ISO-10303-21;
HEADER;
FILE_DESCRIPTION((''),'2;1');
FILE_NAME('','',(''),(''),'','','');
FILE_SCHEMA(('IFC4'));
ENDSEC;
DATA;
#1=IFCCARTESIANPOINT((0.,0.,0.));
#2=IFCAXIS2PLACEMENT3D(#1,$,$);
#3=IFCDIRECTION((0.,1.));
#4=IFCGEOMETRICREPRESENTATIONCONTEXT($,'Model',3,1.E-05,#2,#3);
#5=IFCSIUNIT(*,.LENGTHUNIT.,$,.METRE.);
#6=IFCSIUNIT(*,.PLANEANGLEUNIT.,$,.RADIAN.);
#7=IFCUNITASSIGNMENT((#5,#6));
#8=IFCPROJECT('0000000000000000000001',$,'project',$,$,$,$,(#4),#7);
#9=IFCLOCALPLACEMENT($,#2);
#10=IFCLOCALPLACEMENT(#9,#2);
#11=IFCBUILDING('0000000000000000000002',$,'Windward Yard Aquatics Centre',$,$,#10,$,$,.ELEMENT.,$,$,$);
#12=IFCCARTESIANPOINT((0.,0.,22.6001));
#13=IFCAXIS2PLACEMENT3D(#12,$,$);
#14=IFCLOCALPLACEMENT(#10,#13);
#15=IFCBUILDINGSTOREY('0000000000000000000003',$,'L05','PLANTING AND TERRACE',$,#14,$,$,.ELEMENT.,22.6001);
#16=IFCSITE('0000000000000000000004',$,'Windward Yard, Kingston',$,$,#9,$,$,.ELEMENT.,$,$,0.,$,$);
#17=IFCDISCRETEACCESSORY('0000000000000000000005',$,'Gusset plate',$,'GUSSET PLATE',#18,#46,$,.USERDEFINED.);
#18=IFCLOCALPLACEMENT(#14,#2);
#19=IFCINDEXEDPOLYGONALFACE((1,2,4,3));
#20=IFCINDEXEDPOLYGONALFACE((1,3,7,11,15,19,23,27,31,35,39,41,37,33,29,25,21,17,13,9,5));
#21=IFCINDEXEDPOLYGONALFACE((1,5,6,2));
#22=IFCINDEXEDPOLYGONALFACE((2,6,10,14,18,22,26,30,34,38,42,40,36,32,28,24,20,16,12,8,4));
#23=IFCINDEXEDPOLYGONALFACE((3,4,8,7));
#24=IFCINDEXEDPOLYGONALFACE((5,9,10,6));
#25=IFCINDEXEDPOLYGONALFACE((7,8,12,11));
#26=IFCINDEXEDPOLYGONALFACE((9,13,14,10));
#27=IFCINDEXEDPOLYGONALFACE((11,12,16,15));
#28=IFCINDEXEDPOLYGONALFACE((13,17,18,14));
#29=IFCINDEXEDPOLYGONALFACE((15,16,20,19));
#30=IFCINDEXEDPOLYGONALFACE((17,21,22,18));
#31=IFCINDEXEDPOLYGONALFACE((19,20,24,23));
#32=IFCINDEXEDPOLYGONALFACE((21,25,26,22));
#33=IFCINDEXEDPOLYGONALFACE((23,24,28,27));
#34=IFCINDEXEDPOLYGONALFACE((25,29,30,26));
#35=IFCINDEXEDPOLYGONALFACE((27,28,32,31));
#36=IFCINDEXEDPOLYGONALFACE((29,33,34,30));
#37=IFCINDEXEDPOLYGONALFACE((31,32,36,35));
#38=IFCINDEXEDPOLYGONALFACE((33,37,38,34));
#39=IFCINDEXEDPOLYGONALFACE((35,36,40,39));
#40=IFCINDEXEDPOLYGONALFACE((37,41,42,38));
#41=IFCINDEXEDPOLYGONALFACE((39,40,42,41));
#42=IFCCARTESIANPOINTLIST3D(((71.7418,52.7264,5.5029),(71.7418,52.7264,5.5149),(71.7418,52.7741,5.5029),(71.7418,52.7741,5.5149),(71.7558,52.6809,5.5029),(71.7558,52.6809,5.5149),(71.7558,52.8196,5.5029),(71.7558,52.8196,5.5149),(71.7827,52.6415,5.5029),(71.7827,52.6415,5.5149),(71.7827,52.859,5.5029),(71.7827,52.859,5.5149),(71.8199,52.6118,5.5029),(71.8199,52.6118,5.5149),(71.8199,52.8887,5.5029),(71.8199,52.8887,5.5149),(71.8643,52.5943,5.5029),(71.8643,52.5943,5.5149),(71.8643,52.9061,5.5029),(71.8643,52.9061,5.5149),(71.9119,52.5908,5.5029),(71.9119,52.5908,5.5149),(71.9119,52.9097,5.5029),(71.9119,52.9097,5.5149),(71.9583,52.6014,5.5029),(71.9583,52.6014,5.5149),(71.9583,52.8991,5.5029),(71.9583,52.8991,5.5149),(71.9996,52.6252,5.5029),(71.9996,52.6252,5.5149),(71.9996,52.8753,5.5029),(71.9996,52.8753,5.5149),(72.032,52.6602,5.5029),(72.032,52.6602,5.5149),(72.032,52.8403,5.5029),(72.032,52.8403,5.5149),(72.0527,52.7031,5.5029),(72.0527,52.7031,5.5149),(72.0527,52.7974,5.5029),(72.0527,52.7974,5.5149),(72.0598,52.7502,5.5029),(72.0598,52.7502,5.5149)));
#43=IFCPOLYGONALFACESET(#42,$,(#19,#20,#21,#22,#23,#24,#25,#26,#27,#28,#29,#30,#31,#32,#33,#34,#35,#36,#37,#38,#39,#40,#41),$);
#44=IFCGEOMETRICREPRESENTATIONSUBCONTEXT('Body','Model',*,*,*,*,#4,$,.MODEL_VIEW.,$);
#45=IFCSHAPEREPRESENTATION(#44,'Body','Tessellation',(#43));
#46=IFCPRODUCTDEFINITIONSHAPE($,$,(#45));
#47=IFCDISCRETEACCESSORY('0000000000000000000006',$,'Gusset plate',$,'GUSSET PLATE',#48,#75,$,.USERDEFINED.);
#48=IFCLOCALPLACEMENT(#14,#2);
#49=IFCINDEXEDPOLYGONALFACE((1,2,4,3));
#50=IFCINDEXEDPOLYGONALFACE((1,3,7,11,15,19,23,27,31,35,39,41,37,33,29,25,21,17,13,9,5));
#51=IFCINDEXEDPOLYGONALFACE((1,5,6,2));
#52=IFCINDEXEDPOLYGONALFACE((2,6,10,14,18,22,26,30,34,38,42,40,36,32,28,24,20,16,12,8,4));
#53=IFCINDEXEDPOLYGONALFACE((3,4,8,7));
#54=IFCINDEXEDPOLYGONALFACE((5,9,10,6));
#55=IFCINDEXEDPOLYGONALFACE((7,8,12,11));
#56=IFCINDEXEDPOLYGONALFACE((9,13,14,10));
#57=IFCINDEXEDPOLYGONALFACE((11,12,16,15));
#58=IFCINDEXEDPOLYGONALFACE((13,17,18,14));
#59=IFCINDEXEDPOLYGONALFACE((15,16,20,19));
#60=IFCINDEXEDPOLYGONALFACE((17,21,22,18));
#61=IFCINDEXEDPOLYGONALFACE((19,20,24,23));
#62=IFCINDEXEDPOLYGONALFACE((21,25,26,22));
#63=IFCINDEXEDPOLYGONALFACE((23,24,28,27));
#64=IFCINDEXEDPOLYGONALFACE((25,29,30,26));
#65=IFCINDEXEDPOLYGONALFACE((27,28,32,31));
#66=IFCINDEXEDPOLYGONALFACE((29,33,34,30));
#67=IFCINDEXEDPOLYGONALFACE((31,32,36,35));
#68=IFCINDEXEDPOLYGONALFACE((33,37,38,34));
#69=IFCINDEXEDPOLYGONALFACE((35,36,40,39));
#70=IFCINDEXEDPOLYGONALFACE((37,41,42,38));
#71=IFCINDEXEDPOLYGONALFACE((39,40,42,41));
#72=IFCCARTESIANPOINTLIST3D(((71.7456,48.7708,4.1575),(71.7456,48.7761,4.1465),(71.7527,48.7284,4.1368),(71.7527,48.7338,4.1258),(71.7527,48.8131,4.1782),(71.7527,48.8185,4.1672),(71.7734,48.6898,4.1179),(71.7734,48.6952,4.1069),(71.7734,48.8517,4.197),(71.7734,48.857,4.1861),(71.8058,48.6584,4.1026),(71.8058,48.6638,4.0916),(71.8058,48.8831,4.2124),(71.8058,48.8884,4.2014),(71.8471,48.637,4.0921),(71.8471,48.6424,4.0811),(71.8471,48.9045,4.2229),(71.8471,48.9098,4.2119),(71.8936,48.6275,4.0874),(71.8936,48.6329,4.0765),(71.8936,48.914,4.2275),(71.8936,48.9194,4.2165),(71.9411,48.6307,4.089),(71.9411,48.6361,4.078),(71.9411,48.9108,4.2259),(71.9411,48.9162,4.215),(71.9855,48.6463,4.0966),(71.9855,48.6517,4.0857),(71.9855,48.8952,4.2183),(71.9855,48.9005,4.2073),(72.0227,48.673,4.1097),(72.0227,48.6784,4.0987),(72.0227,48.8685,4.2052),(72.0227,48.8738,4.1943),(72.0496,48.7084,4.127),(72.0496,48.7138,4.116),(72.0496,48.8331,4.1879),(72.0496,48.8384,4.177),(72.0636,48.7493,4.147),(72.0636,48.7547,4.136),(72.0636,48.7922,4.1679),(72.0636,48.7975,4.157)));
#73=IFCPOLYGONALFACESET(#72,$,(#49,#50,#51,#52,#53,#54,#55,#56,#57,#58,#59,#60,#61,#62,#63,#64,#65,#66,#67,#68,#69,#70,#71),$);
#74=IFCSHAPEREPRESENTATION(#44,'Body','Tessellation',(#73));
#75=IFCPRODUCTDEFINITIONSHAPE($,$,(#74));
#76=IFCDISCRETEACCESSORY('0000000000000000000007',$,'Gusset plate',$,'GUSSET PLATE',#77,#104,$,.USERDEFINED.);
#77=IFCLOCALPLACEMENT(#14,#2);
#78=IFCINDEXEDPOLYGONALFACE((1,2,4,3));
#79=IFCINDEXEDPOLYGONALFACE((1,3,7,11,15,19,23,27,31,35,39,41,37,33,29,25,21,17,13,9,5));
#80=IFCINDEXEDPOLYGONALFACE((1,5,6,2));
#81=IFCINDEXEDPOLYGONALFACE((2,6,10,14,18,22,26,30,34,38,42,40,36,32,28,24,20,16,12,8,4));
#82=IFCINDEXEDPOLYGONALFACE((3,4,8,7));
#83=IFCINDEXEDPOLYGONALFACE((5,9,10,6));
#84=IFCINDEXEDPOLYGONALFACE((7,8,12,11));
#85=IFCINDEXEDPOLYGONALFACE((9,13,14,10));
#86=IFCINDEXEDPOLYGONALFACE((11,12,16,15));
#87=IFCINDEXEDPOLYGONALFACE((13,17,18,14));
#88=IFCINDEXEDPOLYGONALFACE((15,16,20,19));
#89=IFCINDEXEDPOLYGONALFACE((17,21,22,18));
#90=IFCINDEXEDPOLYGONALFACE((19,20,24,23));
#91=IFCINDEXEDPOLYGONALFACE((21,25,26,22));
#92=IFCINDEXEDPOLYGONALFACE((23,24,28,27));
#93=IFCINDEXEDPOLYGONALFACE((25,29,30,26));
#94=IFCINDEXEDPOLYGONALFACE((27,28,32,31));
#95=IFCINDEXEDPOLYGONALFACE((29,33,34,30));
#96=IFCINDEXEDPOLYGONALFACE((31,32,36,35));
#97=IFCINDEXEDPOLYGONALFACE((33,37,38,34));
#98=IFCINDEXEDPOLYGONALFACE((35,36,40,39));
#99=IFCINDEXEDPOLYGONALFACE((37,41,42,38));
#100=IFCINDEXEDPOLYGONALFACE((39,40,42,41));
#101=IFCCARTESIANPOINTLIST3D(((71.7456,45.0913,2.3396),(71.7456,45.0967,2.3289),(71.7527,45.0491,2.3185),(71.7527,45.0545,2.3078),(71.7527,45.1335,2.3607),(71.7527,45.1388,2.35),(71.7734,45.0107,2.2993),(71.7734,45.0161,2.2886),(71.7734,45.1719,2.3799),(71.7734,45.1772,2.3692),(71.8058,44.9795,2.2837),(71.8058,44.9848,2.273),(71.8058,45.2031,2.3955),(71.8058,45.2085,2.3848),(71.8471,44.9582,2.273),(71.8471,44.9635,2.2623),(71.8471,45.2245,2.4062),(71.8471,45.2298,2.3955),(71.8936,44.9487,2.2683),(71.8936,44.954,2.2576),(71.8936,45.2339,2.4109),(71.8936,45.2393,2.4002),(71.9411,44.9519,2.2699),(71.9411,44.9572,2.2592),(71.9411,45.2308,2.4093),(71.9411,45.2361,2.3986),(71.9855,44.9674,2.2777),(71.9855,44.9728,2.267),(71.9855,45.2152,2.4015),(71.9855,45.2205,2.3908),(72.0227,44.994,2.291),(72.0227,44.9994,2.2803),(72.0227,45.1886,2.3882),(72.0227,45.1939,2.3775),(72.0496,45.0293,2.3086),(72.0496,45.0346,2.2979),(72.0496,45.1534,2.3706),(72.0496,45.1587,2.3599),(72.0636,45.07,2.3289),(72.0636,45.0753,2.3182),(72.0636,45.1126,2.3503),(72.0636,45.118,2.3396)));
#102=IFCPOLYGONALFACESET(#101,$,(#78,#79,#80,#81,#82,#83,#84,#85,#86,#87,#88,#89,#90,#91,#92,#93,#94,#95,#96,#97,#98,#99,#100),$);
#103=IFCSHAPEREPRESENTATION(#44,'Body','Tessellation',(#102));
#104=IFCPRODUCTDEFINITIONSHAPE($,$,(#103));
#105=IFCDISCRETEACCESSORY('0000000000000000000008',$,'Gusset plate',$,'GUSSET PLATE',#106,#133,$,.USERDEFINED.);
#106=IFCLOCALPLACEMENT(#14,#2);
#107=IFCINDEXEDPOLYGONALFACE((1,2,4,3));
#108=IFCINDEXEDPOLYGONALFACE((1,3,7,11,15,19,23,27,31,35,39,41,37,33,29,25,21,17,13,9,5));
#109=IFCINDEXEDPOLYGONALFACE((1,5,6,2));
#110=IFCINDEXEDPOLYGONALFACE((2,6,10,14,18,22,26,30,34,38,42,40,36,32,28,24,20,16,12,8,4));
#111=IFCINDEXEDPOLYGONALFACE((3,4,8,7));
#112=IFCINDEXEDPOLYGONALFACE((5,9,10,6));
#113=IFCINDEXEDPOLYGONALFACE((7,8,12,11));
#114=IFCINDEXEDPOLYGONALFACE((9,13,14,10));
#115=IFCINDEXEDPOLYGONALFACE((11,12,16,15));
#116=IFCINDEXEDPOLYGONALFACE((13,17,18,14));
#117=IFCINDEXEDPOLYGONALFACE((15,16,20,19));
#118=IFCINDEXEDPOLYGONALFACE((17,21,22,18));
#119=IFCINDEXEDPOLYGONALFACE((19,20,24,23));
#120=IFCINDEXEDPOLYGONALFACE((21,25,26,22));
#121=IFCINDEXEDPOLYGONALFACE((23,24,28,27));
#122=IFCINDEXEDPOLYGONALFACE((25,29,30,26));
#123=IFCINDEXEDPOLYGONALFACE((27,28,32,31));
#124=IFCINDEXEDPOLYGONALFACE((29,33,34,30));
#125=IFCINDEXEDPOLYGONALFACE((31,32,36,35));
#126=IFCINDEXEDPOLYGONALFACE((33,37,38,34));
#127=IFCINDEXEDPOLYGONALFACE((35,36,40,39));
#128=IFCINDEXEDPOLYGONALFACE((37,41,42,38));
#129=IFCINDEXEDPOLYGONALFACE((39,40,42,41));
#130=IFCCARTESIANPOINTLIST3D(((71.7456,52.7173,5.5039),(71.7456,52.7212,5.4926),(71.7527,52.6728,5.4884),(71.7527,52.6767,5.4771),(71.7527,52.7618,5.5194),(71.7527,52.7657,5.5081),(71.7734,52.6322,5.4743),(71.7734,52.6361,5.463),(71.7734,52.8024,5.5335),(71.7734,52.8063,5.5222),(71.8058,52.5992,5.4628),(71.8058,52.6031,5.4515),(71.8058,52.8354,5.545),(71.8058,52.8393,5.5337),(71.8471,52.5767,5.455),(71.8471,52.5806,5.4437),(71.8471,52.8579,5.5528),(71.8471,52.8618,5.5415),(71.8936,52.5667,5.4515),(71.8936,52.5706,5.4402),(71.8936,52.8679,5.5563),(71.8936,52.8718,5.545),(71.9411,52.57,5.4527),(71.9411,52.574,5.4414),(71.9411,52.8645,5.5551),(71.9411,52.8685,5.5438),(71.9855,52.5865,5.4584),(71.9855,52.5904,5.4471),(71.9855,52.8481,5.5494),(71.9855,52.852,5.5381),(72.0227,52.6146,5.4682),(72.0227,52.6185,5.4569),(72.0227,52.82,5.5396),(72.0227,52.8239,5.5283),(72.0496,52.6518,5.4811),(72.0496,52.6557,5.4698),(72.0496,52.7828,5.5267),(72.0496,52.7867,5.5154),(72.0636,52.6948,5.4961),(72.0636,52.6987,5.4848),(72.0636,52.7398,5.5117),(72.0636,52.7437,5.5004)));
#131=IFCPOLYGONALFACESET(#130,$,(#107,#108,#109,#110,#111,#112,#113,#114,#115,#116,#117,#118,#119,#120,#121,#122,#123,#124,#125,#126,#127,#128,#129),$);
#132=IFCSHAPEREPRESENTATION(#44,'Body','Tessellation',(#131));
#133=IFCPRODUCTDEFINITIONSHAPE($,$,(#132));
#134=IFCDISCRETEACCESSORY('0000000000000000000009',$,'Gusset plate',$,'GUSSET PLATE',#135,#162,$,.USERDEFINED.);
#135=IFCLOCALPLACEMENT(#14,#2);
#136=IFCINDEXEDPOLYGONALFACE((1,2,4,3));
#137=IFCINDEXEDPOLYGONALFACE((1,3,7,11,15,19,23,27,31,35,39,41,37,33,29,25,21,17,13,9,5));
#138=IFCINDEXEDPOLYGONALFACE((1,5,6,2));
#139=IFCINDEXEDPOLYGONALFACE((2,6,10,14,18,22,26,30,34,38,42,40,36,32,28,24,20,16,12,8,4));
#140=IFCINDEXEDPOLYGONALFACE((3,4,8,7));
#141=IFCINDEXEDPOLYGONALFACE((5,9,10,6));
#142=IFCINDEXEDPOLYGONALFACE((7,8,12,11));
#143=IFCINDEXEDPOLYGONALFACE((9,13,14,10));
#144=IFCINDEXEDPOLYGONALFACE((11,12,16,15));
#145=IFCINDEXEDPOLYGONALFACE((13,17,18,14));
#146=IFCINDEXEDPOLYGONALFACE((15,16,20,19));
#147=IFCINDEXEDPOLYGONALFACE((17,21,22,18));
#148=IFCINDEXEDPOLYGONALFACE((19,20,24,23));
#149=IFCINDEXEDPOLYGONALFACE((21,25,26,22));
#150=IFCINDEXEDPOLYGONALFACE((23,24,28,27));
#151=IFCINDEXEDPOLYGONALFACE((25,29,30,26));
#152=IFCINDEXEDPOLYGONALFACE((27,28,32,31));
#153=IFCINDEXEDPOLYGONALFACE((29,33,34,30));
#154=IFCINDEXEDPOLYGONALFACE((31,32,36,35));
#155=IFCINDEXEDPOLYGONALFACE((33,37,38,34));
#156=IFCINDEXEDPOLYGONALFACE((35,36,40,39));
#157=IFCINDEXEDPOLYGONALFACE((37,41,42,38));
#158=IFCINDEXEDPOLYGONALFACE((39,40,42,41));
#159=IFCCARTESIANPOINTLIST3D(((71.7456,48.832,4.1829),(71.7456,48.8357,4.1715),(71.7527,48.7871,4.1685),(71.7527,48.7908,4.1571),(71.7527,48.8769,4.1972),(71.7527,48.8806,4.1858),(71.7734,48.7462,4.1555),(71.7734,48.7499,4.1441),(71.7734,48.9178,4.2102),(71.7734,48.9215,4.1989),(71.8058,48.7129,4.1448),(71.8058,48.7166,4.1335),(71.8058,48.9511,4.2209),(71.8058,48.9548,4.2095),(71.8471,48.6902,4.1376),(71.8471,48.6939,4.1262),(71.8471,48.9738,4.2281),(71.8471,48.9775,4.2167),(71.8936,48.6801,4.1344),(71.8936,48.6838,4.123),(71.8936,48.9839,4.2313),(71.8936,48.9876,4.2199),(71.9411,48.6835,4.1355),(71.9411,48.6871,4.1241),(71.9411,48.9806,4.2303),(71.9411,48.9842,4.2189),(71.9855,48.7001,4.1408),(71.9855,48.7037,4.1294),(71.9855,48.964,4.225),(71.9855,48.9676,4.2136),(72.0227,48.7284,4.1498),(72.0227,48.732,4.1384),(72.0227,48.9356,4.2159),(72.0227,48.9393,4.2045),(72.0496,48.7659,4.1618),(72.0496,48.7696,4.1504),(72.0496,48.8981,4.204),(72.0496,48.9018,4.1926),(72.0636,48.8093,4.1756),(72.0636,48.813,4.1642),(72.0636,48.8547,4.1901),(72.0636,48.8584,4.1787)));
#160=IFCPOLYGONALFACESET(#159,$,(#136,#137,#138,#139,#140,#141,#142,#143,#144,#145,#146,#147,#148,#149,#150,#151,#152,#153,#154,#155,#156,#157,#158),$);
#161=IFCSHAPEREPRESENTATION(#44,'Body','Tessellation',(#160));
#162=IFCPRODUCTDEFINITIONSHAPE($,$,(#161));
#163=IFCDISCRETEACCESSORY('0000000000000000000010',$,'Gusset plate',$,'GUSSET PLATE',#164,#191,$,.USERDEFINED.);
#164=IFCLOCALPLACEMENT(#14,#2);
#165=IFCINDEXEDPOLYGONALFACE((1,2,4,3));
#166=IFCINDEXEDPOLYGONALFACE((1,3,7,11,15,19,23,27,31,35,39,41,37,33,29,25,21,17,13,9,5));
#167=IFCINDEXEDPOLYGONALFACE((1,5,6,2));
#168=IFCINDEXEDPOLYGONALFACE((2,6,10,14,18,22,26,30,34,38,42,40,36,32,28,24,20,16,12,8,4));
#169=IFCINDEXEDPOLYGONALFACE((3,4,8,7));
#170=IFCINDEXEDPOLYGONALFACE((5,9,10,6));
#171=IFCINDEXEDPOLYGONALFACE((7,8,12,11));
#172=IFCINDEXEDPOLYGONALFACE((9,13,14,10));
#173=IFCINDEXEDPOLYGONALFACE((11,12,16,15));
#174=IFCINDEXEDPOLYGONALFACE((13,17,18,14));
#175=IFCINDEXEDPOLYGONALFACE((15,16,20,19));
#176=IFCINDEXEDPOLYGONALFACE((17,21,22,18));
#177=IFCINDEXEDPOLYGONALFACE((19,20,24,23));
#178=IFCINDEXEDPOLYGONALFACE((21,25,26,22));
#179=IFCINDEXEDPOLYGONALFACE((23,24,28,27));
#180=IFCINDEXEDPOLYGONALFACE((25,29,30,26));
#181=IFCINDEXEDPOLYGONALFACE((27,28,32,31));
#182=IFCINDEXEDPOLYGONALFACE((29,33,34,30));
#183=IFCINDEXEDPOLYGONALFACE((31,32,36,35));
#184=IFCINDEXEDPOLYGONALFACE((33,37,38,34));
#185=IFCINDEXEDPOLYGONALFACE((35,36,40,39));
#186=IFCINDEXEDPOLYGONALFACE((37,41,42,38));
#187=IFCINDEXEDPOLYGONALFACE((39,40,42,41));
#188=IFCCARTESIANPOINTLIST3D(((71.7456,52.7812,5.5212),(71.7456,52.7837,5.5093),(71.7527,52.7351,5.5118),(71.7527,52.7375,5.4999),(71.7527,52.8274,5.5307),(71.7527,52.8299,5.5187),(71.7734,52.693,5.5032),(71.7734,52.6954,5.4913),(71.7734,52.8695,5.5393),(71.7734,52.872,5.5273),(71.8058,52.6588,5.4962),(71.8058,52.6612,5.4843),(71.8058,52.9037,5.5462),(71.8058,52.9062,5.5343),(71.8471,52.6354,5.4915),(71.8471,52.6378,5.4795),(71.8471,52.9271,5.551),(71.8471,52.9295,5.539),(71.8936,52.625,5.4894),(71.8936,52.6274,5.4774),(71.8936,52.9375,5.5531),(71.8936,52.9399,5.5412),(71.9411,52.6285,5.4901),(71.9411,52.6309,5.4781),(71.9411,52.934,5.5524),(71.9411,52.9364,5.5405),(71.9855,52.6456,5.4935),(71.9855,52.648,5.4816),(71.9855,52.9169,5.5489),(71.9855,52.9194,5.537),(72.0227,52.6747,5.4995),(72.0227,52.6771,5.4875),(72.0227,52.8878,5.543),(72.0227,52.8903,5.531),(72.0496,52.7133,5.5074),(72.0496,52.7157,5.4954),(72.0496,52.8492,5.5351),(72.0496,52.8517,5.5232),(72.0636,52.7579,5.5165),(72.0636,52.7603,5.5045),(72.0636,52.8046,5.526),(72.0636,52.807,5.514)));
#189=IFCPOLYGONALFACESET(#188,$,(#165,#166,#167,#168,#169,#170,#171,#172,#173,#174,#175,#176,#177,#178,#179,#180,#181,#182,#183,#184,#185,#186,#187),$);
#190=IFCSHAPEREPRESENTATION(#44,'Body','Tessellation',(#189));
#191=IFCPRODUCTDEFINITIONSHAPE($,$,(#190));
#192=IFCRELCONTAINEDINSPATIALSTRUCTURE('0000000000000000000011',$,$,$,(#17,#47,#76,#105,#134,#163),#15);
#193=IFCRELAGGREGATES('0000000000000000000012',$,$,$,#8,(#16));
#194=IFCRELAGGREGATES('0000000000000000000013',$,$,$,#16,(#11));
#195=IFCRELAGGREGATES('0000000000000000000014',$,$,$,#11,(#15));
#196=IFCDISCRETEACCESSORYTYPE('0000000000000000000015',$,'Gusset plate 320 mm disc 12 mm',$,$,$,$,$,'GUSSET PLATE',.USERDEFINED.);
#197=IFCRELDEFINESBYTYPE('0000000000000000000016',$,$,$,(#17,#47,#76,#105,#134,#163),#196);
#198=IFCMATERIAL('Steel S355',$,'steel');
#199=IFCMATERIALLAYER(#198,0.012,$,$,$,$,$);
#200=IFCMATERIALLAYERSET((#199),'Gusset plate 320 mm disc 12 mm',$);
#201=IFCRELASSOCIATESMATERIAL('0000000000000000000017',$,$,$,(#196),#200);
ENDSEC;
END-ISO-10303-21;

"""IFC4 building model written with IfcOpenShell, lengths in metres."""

from ifc_helpers import new_model, si_unit, direction, frame, origin, origin_2d, place, context, subcontext, project, spatial, circle, extrude, material, layer, layer_set, type_object, element, save


model = new_model("IFC4")

# Units and contexts
model_context = context("Model", 3, precision=1e-05, world=origin(), true_north=direction((0.0, 1.0)))
body_context = subcontext(model_context, "Body", "Model", "MODEL_VIEW")
ifc_project = project(units=[si_unit("LENGTHUNIT", "METRE"), si_unit("PLANEANGLEUNIT", "RADIAN")], contexts=[model_context])

# Site, building, storey
site_placement = place(None, origin())
site = spatial("IfcSite", under=ifc_project, at=site_placement, Name="Windward Yard, Kingston", CompositionType="ELEMENT", RefElevation=0.0)
building_placement = place(site_placement, origin())
building = spatial("IfcBuilding", under=site, at=building_placement, Name="Windward Yard Aquatics Centre", CompositionType="ELEMENT")
storey_placement = place(building_placement, frame((0.0, 0.0, 22.6001)))
storey = spatial("IfcBuildingStorey", under=building, at=storey_placement, Name="L05", Description="PLANTING AND TERRACE", CompositionType="ELEMENT", Elevation=22.6001)

# Discrete accessories
ifc_material_1 = material(Name="Steel S355", Category="steel")
ifc_layer = layer(ifc_material_1, 0.012)
ifc_layer_set = layer_set([ifc_layer], Name="Gusset plate 320 mm disc 12 mm")
discrete_accessory_type = type_object("IfcDiscreteAccessoryType", Name="Gusset plate 320 mm disc 12 mm", ElementType="GUSSET PLATE", PredefinedType="USERDEFINED", material=ifc_layer_set)
discrete_accessory_1_placement = place(storey_placement, frame((71.8999, 52.7502, 5.5029), z_axis=(0.0, 0.0, 1.0), x_axis=(1.0, 0.0, 0.0)))
element("IfcDiscreteAccessory", 1, at=discrete_accessory_1_placement, inside=storey, type_object=discrete_accessory_type, Name="Gusset plate", ObjectType="GUSSET PLATE", PredefinedType="USERDEFINED", context=body_context, shape_type="SweptSolid", body=[
    extrude(circle(Radius=0.1599, at=origin_2d()), origin(), (0.0, 0.0, 1.0), 0.012),
])
discrete_accessory_2_placement = place(storey_placement, frame((71.9055, 48.7708, 4.1575), z_axis=(0.0, 0.43921, -0.898384), x_axis=(-1.0, 0.0, 0.0)))
element("IfcDiscreteAccessory", 2, at=discrete_accessory_2_placement, inside=storey, type_object=discrete_accessory_type, Name="Gusset plate", ObjectType="GUSSET PLATE", PredefinedType="USERDEFINED", context=body_context, shape_type="SweptSolid", body=[
    extrude(circle(Radius=0.1599, at=origin_2d()), origin(), (0.0, 0.0, 1.0), 0.0122),
])
for number, where, z_axis, x_axis, name in (
    (3, (71.9055, 45.0913, 2.3396), (0.0, 0.447214, -0.894427), (-1.0, 0.0, 0.0), "Gusset plate"),
    (4, (71.9055, 52.7173, 5.5039), (0.0, 0.328521, -0.944497), (-1.0, 0.0, 0.0), "Gusset plate"),
    (5, (71.9055, 48.832, 4.1829), (0.0, 0.30404, -0.952659), (-1.0, 0.0, 0.0), "Gusset plate"),
):
    element("IfcDiscreteAccessory", number, at=place(storey_placement, frame(where, z_axis=z_axis, x_axis=x_axis)), inside=storey, type_object=discrete_accessory_type, Name=name, ObjectType="GUSSET PLATE", PredefinedType="USERDEFINED", context=body_context, shape_type="SweptSolid", body=[
        extrude(circle(Radius=0.1599, at=origin_2d()), origin(), (0.0, 0.0, 1.0), 0.012),
    ])
discrete_accessory_3_placement = place(storey_placement, frame((71.9055, 52.7812, 5.5212), z_axis=(0.0, 0.19996, -0.979804), x_axis=(-1.0, 0.0, 0.0)))
element("IfcDiscreteAccessory", 6, at=discrete_accessory_3_placement, inside=storey, type_object=discrete_accessory_type, Name="Gusset plate", ObjectType="GUSSET PLATE", PredefinedType="USERDEFINED", context=body_context, shape_type="SweptSolid", body=[
    extrude(circle(Radius=0.1599, at=origin_2d()), origin(), (0.0, 0.0, 1.0), 0.0122),
])

save(model, "model.ifc")
